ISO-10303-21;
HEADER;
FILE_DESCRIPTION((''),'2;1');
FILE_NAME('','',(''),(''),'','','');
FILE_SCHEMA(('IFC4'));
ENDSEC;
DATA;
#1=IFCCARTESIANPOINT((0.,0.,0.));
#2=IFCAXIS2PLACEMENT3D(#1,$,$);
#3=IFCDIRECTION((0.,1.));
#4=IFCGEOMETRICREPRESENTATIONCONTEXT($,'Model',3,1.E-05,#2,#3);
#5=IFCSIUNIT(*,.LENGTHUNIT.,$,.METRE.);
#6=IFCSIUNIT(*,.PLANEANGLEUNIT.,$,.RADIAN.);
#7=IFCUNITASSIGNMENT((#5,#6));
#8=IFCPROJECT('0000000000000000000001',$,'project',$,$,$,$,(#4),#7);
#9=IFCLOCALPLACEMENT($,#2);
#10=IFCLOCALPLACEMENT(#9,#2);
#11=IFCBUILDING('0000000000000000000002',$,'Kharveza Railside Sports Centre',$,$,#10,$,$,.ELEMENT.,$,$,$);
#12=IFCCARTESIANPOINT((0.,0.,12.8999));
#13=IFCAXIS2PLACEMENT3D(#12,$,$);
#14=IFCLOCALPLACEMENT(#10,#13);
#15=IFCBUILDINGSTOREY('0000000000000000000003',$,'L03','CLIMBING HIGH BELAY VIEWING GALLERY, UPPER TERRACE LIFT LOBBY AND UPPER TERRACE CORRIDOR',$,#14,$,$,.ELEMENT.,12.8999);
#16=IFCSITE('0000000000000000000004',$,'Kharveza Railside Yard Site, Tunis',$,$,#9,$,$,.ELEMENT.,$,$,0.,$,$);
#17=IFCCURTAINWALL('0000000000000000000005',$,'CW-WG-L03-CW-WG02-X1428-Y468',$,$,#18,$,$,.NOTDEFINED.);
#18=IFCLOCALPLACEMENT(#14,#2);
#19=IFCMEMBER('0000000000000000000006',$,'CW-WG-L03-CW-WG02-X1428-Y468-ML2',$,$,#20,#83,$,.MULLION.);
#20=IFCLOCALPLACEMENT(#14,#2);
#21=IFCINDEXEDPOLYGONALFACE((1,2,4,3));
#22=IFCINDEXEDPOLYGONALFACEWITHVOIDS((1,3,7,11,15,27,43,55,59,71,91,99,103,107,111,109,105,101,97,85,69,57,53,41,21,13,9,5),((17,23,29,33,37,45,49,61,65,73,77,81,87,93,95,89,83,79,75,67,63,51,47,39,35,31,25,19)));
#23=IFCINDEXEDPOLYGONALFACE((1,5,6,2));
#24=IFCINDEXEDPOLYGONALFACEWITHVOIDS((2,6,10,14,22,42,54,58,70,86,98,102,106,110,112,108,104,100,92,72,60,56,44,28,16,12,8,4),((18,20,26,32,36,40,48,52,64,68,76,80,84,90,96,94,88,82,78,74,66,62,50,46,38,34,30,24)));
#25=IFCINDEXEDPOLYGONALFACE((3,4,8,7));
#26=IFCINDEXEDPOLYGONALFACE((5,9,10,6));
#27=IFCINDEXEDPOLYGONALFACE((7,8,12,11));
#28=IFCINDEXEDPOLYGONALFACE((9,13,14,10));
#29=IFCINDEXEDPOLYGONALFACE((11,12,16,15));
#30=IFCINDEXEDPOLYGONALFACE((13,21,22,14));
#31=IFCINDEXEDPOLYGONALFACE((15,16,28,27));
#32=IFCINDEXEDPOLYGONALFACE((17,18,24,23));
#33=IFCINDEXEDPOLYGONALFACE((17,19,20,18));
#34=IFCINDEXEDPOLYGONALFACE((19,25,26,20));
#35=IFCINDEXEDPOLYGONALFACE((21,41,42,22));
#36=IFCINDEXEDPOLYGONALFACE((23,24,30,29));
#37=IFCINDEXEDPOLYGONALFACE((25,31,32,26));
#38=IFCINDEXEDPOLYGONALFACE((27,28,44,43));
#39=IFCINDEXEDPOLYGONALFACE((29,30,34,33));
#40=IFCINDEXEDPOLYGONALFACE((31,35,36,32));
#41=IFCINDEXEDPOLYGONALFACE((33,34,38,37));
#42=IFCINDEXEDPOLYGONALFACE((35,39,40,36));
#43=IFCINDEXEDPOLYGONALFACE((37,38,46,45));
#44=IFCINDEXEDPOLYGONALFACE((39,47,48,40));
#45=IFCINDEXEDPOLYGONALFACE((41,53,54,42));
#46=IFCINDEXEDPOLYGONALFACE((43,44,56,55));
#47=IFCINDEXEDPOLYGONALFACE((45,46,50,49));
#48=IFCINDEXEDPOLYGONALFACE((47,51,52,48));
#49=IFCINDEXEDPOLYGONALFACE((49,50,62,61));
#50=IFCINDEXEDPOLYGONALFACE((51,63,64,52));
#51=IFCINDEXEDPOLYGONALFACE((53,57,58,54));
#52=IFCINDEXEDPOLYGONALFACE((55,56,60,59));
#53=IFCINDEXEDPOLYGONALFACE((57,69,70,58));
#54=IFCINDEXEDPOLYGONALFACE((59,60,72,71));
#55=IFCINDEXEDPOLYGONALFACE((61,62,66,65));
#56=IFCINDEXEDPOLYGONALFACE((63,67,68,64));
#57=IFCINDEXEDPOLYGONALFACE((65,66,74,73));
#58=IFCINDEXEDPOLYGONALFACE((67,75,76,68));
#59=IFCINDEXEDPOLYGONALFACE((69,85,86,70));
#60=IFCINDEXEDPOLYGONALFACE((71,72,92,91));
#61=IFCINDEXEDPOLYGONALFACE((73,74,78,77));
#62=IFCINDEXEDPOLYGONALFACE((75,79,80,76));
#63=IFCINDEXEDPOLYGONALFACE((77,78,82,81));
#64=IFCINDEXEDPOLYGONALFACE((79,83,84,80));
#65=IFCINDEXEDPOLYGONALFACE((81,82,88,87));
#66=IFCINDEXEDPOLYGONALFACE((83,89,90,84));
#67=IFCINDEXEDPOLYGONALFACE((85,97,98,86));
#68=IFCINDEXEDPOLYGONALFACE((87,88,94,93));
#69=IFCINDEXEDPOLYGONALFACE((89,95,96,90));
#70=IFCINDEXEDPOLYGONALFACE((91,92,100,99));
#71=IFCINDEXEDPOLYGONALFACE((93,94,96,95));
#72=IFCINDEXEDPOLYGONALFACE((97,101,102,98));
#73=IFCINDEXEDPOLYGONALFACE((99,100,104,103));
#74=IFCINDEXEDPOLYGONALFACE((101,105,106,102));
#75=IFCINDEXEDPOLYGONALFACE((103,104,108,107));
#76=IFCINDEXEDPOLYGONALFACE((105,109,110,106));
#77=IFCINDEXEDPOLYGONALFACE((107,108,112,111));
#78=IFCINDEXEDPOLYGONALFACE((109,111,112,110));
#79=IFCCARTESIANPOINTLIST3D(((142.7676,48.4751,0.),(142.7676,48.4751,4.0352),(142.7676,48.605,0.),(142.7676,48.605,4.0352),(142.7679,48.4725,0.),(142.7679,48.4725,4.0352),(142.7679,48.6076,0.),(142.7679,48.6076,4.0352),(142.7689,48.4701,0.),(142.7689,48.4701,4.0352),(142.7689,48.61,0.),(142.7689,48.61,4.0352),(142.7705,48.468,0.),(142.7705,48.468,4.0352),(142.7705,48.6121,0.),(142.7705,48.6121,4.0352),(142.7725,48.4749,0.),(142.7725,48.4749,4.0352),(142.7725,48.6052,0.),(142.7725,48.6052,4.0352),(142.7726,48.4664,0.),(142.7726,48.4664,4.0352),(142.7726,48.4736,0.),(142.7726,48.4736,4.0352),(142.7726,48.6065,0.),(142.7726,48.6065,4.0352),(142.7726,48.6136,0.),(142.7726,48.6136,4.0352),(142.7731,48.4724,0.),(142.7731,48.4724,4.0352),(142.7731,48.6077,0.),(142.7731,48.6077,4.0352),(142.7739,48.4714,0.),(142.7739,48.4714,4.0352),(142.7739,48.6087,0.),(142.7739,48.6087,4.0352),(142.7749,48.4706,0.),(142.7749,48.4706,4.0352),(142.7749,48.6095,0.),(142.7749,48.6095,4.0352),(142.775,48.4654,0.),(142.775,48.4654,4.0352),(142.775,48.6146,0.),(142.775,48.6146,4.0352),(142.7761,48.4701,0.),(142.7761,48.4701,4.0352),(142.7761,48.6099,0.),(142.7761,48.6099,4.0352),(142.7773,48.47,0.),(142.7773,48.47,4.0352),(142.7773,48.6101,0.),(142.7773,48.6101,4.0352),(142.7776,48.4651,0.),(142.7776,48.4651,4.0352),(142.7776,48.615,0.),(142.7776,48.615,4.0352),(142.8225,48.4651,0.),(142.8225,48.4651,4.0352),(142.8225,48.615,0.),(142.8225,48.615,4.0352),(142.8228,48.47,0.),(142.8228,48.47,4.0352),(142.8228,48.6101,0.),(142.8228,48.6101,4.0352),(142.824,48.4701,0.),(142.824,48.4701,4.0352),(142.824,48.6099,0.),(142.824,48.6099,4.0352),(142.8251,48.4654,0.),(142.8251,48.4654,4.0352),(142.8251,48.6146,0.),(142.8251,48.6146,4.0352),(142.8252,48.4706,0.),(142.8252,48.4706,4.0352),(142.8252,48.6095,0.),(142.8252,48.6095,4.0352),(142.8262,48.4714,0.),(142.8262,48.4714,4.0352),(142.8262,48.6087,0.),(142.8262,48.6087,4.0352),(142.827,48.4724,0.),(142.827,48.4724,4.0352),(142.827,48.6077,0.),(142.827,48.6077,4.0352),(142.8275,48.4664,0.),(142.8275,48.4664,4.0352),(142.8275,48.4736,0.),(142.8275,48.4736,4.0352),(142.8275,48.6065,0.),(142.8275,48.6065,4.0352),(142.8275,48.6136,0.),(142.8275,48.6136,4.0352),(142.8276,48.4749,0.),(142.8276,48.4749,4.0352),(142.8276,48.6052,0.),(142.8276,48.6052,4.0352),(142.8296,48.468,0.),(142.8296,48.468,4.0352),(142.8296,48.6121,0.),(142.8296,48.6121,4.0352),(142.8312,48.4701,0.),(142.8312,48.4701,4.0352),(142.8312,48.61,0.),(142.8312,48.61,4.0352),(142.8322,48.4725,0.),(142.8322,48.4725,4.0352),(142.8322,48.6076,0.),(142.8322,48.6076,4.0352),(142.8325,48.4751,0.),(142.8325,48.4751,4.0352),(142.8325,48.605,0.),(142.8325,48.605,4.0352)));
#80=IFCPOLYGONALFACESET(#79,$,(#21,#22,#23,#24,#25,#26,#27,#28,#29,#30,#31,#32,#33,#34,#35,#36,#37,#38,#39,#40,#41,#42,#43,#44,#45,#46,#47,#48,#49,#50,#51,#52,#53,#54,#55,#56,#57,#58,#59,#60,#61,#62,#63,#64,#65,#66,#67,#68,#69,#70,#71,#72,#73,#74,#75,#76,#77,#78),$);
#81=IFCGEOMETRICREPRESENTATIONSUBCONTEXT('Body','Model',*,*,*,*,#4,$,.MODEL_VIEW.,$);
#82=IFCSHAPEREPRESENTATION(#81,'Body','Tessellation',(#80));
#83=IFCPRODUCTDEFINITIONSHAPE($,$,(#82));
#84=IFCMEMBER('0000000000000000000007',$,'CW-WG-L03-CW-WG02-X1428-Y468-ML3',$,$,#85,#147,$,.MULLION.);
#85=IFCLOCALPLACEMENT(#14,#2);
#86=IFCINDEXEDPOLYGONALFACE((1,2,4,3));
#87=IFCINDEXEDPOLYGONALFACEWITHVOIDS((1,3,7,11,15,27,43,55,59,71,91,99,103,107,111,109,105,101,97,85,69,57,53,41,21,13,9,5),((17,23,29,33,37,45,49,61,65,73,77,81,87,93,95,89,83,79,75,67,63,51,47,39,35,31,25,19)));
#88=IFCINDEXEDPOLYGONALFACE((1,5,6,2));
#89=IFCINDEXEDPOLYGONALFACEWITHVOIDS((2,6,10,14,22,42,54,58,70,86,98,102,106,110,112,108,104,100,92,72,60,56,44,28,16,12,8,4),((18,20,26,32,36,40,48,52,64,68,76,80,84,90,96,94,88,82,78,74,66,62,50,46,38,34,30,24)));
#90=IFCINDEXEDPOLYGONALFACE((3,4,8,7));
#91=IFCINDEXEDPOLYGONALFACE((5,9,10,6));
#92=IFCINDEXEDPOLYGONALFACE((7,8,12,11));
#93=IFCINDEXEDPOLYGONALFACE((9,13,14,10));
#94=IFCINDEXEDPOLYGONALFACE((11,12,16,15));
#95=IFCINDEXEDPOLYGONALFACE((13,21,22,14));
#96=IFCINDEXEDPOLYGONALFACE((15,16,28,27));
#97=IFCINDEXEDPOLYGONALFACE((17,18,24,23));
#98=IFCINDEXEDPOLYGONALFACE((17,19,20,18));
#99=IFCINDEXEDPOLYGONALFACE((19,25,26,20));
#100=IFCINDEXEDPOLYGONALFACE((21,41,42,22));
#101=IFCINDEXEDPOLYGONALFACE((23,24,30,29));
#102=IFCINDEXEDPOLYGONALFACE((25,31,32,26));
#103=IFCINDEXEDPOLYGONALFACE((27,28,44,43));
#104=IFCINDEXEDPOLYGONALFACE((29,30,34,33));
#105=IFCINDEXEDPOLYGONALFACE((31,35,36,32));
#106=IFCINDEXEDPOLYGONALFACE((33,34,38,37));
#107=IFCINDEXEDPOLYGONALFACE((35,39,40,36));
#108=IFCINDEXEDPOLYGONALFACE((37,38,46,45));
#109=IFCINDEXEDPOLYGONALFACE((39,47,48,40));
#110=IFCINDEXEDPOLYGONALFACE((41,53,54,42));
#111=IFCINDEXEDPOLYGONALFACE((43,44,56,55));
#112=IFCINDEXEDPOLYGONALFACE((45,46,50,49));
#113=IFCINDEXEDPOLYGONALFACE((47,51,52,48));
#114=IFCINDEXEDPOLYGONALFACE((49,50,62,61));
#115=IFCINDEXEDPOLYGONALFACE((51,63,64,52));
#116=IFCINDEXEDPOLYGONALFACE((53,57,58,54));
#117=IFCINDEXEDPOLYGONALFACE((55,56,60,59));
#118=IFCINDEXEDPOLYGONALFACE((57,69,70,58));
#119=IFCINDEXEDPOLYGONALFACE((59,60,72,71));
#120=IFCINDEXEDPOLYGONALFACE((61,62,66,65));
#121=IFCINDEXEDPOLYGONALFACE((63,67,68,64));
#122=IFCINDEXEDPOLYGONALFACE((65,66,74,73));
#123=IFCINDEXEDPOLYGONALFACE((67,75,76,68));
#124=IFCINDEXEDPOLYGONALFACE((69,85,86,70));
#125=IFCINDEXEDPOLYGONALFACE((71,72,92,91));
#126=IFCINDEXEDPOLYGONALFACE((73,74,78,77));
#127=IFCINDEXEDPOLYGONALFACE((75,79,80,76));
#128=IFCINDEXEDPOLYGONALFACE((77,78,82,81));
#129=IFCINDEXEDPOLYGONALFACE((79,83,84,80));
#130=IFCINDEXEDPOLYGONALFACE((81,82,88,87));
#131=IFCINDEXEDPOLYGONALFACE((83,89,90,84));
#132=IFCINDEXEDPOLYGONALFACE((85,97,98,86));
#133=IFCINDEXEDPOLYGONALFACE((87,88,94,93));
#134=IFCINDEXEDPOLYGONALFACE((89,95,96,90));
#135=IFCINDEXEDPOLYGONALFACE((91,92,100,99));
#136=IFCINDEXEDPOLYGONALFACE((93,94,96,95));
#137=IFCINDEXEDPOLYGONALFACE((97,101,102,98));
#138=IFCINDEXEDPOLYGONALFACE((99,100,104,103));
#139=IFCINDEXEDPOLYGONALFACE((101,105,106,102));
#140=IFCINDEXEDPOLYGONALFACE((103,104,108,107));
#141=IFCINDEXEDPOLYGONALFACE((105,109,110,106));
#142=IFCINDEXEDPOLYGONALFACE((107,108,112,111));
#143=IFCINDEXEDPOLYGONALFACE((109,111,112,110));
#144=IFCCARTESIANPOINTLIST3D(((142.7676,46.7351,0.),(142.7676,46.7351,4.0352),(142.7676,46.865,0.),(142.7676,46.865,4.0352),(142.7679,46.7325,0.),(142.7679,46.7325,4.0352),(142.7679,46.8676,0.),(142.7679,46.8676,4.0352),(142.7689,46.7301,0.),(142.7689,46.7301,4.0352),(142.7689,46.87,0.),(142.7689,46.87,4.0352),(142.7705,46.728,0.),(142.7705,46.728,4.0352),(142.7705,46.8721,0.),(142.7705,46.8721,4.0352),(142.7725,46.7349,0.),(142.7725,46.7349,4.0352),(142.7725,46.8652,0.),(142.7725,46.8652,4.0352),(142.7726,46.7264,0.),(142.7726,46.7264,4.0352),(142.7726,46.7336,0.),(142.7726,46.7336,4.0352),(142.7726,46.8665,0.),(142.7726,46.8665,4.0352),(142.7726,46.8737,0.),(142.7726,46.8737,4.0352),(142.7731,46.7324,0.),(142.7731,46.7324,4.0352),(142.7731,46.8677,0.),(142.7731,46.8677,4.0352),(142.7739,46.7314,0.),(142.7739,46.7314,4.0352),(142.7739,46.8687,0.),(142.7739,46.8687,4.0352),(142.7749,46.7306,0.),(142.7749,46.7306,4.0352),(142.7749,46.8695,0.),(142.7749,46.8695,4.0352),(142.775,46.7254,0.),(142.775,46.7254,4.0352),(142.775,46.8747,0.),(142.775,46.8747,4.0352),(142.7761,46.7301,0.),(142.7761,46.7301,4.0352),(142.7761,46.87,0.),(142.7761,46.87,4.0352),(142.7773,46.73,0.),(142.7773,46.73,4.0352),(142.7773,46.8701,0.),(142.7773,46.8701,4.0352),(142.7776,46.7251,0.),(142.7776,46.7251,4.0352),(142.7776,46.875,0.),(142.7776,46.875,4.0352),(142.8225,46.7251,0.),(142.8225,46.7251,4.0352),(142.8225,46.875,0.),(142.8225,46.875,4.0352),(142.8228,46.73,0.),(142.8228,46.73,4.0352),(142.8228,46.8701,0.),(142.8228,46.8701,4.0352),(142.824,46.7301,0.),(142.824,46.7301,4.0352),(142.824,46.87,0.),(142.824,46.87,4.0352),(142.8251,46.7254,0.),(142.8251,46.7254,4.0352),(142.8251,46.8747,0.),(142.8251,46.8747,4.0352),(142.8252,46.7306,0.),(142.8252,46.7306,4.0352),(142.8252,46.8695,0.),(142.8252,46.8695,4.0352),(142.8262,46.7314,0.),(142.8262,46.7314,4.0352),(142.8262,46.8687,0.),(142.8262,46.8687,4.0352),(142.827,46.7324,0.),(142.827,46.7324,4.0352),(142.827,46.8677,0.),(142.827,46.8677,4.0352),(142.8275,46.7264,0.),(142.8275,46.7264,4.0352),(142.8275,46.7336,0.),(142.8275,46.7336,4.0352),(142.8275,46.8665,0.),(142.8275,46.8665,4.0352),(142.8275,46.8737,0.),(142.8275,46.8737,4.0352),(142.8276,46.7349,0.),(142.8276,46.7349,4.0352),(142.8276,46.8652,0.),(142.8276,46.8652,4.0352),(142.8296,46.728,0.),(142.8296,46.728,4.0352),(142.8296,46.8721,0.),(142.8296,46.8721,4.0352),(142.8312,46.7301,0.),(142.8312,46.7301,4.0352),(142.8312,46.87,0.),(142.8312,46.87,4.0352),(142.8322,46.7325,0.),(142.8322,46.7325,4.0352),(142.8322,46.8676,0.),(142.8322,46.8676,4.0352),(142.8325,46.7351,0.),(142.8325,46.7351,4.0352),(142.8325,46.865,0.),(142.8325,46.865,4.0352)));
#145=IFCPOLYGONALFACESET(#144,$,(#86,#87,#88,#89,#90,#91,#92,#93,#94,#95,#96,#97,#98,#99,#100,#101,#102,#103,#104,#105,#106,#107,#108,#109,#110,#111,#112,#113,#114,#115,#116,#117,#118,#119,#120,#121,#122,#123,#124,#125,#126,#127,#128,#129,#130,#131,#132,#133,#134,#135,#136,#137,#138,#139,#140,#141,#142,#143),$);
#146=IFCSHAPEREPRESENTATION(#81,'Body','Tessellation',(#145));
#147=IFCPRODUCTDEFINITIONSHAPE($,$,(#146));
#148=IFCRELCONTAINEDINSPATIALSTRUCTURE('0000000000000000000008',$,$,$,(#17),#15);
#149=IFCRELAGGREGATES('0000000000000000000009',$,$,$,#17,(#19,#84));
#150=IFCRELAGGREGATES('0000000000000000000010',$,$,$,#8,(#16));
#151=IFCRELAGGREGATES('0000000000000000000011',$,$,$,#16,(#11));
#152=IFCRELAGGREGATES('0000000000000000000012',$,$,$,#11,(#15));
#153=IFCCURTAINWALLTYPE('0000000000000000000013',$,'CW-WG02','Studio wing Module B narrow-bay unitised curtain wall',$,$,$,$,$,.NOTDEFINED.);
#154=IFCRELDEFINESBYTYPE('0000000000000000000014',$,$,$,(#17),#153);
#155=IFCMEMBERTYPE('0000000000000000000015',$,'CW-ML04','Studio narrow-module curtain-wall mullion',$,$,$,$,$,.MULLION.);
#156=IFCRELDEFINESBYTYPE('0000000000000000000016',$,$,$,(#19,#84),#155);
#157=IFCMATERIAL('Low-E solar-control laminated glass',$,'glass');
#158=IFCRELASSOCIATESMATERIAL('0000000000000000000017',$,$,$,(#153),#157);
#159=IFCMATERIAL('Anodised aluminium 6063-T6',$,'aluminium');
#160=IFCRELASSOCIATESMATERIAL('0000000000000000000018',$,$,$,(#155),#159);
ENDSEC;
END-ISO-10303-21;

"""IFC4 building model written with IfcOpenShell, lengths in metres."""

from ifc_helpers import new_model, si_unit, direction, frame, origin, origin_2d, place, context, subcontext, project, spatial, hollow_rectangle, extrude, material, material_profile, profile_set, type_object, element, aggregate, save


model = new_model("IFC4")

# Units and contexts
model_context = context("Model", 3, precision=1e-05, world=origin(), true_north=direction((0.0, 1.0)))
body_context = subcontext(model_context, "Body", "Model", "MODEL_VIEW")
ifc_project = project(units=[si_unit("LENGTHUNIT", "METRE"), si_unit("PLANEANGLEUNIT", "RADIAN")], contexts=[model_context])

# Site, building, storey
site_placement = place(None, origin())
site = spatial("IfcSite", under=ifc_project, at=site_placement, Name="Kharveza Railside Yard Site, Tunis", CompositionType="ELEMENT", RefElevation=0.0)
building_placement = place(site_placement, origin())
building = spatial("IfcBuilding", under=site, at=building_placement, Name="Kharveza Railside Sports Centre", CompositionType="ELEMENT")
storey_placement = place(building_placement, frame((0.0, 0.0, 12.8999)))
storey = spatial("IfcBuildingStorey", under=building, at=storey_placement, Name="L03", Description="CLIMBING HIGH BELAY VIEWING GALLERY, UPPER TERRACE LIFT LOBBY AND UPPER TERRACE CORRIDOR", CompositionType="ELEMENT", Elevation=12.8999)

# Curtain wall, members
ifc_material_1 = material(Name="Low-E solar-control laminated glass", Category="glass")
curtain_wall_type = type_object("IfcCurtainWallType", Name="CW-WG02", Description="Studio wing Module B narrow-bay unitised curtain wall", PredefinedType="NOTDEFINED", material=ifc_material_1)
curtain_wall_placement = place(storey_placement, origin())
curtain_wall = element("IfcCurtainWall", 1, at=curtain_wall_placement, inside=storey, type_object=curtain_wall_type, Name="CW-WG-L03-CW-WG02-X1428-Y468", PredefinedType="NOTDEFINED")
ifc_material_2 = material(Name="Anodised aluminium 6063-T6", Category="aluminium")
ifc_material_profile_1 = material_profile(ifc_material_2, hollow_rectangle(XDim=0.0649, YDim=0.1499, WallThickness=0.0049, InnerFilletRadius=0.0049, OuterFilletRadius=0.01, at=origin_2d()), Name="RHS 65x150x5.0")
ifc_profile_set_1 = profile_set([ifc_material_profile_1], Name="Anodised aluminium 6063-T6")
member_type_1 = type_object("IfcMemberType", Name="CW-ML04", Description="Studio narrow-module curtain-wall mullion", PredefinedType="MULLION", material=ifc_profile_set_1)
member_1_placement = place(storey_placement, frame((142.8, 48.54, 0.0), z_axis=(0.0, 0.0, 1.0), x_axis=(1.0, 0.0, 0.0)))
member_1 = element("IfcMember", 2, at=member_1_placement, type_object=member_type_1, Name="CW-WG-L03-CW-WG02-X1428-Y468-ML2", PredefinedType="MULLION", context=body_context, shape_type="SweptSolid", body=[
    extrude(hollow_rectangle(XDim=0.0649, YDim=0.1499, WallThickness=0.0049, InnerFilletRadius=0.0049, OuterFilletRadius=0.01, at=origin_2d()), origin(), (0.0, 0.0, 1.0), 4.0352),
])
member_2_placement = place(storey_placement, frame((142.8, 46.8, 0.0), z_axis=(0.0, 0.0, 1.0), x_axis=(1.0, 0.0, 0.0)))
member_2 = element("IfcMember", 3, at=member_2_placement, type_object=member_type_1, Name="CW-WG-L03-CW-WG02-X1428-Y468-ML3", PredefinedType="MULLION", context=body_context, shape_type="SweptSolid", body=[
    extrude(hollow_rectangle(XDim=0.0649, YDim=0.1499, WallThickness=0.0049, InnerFilletRadius=0.0049, OuterFilletRadius=0.01, at=origin_2d()), origin(), (0.0, 0.0, 1.0), 4.0352),
])
aggregate(curtain_wall, [member_1, member_2])

save(model, "model.ifc")
